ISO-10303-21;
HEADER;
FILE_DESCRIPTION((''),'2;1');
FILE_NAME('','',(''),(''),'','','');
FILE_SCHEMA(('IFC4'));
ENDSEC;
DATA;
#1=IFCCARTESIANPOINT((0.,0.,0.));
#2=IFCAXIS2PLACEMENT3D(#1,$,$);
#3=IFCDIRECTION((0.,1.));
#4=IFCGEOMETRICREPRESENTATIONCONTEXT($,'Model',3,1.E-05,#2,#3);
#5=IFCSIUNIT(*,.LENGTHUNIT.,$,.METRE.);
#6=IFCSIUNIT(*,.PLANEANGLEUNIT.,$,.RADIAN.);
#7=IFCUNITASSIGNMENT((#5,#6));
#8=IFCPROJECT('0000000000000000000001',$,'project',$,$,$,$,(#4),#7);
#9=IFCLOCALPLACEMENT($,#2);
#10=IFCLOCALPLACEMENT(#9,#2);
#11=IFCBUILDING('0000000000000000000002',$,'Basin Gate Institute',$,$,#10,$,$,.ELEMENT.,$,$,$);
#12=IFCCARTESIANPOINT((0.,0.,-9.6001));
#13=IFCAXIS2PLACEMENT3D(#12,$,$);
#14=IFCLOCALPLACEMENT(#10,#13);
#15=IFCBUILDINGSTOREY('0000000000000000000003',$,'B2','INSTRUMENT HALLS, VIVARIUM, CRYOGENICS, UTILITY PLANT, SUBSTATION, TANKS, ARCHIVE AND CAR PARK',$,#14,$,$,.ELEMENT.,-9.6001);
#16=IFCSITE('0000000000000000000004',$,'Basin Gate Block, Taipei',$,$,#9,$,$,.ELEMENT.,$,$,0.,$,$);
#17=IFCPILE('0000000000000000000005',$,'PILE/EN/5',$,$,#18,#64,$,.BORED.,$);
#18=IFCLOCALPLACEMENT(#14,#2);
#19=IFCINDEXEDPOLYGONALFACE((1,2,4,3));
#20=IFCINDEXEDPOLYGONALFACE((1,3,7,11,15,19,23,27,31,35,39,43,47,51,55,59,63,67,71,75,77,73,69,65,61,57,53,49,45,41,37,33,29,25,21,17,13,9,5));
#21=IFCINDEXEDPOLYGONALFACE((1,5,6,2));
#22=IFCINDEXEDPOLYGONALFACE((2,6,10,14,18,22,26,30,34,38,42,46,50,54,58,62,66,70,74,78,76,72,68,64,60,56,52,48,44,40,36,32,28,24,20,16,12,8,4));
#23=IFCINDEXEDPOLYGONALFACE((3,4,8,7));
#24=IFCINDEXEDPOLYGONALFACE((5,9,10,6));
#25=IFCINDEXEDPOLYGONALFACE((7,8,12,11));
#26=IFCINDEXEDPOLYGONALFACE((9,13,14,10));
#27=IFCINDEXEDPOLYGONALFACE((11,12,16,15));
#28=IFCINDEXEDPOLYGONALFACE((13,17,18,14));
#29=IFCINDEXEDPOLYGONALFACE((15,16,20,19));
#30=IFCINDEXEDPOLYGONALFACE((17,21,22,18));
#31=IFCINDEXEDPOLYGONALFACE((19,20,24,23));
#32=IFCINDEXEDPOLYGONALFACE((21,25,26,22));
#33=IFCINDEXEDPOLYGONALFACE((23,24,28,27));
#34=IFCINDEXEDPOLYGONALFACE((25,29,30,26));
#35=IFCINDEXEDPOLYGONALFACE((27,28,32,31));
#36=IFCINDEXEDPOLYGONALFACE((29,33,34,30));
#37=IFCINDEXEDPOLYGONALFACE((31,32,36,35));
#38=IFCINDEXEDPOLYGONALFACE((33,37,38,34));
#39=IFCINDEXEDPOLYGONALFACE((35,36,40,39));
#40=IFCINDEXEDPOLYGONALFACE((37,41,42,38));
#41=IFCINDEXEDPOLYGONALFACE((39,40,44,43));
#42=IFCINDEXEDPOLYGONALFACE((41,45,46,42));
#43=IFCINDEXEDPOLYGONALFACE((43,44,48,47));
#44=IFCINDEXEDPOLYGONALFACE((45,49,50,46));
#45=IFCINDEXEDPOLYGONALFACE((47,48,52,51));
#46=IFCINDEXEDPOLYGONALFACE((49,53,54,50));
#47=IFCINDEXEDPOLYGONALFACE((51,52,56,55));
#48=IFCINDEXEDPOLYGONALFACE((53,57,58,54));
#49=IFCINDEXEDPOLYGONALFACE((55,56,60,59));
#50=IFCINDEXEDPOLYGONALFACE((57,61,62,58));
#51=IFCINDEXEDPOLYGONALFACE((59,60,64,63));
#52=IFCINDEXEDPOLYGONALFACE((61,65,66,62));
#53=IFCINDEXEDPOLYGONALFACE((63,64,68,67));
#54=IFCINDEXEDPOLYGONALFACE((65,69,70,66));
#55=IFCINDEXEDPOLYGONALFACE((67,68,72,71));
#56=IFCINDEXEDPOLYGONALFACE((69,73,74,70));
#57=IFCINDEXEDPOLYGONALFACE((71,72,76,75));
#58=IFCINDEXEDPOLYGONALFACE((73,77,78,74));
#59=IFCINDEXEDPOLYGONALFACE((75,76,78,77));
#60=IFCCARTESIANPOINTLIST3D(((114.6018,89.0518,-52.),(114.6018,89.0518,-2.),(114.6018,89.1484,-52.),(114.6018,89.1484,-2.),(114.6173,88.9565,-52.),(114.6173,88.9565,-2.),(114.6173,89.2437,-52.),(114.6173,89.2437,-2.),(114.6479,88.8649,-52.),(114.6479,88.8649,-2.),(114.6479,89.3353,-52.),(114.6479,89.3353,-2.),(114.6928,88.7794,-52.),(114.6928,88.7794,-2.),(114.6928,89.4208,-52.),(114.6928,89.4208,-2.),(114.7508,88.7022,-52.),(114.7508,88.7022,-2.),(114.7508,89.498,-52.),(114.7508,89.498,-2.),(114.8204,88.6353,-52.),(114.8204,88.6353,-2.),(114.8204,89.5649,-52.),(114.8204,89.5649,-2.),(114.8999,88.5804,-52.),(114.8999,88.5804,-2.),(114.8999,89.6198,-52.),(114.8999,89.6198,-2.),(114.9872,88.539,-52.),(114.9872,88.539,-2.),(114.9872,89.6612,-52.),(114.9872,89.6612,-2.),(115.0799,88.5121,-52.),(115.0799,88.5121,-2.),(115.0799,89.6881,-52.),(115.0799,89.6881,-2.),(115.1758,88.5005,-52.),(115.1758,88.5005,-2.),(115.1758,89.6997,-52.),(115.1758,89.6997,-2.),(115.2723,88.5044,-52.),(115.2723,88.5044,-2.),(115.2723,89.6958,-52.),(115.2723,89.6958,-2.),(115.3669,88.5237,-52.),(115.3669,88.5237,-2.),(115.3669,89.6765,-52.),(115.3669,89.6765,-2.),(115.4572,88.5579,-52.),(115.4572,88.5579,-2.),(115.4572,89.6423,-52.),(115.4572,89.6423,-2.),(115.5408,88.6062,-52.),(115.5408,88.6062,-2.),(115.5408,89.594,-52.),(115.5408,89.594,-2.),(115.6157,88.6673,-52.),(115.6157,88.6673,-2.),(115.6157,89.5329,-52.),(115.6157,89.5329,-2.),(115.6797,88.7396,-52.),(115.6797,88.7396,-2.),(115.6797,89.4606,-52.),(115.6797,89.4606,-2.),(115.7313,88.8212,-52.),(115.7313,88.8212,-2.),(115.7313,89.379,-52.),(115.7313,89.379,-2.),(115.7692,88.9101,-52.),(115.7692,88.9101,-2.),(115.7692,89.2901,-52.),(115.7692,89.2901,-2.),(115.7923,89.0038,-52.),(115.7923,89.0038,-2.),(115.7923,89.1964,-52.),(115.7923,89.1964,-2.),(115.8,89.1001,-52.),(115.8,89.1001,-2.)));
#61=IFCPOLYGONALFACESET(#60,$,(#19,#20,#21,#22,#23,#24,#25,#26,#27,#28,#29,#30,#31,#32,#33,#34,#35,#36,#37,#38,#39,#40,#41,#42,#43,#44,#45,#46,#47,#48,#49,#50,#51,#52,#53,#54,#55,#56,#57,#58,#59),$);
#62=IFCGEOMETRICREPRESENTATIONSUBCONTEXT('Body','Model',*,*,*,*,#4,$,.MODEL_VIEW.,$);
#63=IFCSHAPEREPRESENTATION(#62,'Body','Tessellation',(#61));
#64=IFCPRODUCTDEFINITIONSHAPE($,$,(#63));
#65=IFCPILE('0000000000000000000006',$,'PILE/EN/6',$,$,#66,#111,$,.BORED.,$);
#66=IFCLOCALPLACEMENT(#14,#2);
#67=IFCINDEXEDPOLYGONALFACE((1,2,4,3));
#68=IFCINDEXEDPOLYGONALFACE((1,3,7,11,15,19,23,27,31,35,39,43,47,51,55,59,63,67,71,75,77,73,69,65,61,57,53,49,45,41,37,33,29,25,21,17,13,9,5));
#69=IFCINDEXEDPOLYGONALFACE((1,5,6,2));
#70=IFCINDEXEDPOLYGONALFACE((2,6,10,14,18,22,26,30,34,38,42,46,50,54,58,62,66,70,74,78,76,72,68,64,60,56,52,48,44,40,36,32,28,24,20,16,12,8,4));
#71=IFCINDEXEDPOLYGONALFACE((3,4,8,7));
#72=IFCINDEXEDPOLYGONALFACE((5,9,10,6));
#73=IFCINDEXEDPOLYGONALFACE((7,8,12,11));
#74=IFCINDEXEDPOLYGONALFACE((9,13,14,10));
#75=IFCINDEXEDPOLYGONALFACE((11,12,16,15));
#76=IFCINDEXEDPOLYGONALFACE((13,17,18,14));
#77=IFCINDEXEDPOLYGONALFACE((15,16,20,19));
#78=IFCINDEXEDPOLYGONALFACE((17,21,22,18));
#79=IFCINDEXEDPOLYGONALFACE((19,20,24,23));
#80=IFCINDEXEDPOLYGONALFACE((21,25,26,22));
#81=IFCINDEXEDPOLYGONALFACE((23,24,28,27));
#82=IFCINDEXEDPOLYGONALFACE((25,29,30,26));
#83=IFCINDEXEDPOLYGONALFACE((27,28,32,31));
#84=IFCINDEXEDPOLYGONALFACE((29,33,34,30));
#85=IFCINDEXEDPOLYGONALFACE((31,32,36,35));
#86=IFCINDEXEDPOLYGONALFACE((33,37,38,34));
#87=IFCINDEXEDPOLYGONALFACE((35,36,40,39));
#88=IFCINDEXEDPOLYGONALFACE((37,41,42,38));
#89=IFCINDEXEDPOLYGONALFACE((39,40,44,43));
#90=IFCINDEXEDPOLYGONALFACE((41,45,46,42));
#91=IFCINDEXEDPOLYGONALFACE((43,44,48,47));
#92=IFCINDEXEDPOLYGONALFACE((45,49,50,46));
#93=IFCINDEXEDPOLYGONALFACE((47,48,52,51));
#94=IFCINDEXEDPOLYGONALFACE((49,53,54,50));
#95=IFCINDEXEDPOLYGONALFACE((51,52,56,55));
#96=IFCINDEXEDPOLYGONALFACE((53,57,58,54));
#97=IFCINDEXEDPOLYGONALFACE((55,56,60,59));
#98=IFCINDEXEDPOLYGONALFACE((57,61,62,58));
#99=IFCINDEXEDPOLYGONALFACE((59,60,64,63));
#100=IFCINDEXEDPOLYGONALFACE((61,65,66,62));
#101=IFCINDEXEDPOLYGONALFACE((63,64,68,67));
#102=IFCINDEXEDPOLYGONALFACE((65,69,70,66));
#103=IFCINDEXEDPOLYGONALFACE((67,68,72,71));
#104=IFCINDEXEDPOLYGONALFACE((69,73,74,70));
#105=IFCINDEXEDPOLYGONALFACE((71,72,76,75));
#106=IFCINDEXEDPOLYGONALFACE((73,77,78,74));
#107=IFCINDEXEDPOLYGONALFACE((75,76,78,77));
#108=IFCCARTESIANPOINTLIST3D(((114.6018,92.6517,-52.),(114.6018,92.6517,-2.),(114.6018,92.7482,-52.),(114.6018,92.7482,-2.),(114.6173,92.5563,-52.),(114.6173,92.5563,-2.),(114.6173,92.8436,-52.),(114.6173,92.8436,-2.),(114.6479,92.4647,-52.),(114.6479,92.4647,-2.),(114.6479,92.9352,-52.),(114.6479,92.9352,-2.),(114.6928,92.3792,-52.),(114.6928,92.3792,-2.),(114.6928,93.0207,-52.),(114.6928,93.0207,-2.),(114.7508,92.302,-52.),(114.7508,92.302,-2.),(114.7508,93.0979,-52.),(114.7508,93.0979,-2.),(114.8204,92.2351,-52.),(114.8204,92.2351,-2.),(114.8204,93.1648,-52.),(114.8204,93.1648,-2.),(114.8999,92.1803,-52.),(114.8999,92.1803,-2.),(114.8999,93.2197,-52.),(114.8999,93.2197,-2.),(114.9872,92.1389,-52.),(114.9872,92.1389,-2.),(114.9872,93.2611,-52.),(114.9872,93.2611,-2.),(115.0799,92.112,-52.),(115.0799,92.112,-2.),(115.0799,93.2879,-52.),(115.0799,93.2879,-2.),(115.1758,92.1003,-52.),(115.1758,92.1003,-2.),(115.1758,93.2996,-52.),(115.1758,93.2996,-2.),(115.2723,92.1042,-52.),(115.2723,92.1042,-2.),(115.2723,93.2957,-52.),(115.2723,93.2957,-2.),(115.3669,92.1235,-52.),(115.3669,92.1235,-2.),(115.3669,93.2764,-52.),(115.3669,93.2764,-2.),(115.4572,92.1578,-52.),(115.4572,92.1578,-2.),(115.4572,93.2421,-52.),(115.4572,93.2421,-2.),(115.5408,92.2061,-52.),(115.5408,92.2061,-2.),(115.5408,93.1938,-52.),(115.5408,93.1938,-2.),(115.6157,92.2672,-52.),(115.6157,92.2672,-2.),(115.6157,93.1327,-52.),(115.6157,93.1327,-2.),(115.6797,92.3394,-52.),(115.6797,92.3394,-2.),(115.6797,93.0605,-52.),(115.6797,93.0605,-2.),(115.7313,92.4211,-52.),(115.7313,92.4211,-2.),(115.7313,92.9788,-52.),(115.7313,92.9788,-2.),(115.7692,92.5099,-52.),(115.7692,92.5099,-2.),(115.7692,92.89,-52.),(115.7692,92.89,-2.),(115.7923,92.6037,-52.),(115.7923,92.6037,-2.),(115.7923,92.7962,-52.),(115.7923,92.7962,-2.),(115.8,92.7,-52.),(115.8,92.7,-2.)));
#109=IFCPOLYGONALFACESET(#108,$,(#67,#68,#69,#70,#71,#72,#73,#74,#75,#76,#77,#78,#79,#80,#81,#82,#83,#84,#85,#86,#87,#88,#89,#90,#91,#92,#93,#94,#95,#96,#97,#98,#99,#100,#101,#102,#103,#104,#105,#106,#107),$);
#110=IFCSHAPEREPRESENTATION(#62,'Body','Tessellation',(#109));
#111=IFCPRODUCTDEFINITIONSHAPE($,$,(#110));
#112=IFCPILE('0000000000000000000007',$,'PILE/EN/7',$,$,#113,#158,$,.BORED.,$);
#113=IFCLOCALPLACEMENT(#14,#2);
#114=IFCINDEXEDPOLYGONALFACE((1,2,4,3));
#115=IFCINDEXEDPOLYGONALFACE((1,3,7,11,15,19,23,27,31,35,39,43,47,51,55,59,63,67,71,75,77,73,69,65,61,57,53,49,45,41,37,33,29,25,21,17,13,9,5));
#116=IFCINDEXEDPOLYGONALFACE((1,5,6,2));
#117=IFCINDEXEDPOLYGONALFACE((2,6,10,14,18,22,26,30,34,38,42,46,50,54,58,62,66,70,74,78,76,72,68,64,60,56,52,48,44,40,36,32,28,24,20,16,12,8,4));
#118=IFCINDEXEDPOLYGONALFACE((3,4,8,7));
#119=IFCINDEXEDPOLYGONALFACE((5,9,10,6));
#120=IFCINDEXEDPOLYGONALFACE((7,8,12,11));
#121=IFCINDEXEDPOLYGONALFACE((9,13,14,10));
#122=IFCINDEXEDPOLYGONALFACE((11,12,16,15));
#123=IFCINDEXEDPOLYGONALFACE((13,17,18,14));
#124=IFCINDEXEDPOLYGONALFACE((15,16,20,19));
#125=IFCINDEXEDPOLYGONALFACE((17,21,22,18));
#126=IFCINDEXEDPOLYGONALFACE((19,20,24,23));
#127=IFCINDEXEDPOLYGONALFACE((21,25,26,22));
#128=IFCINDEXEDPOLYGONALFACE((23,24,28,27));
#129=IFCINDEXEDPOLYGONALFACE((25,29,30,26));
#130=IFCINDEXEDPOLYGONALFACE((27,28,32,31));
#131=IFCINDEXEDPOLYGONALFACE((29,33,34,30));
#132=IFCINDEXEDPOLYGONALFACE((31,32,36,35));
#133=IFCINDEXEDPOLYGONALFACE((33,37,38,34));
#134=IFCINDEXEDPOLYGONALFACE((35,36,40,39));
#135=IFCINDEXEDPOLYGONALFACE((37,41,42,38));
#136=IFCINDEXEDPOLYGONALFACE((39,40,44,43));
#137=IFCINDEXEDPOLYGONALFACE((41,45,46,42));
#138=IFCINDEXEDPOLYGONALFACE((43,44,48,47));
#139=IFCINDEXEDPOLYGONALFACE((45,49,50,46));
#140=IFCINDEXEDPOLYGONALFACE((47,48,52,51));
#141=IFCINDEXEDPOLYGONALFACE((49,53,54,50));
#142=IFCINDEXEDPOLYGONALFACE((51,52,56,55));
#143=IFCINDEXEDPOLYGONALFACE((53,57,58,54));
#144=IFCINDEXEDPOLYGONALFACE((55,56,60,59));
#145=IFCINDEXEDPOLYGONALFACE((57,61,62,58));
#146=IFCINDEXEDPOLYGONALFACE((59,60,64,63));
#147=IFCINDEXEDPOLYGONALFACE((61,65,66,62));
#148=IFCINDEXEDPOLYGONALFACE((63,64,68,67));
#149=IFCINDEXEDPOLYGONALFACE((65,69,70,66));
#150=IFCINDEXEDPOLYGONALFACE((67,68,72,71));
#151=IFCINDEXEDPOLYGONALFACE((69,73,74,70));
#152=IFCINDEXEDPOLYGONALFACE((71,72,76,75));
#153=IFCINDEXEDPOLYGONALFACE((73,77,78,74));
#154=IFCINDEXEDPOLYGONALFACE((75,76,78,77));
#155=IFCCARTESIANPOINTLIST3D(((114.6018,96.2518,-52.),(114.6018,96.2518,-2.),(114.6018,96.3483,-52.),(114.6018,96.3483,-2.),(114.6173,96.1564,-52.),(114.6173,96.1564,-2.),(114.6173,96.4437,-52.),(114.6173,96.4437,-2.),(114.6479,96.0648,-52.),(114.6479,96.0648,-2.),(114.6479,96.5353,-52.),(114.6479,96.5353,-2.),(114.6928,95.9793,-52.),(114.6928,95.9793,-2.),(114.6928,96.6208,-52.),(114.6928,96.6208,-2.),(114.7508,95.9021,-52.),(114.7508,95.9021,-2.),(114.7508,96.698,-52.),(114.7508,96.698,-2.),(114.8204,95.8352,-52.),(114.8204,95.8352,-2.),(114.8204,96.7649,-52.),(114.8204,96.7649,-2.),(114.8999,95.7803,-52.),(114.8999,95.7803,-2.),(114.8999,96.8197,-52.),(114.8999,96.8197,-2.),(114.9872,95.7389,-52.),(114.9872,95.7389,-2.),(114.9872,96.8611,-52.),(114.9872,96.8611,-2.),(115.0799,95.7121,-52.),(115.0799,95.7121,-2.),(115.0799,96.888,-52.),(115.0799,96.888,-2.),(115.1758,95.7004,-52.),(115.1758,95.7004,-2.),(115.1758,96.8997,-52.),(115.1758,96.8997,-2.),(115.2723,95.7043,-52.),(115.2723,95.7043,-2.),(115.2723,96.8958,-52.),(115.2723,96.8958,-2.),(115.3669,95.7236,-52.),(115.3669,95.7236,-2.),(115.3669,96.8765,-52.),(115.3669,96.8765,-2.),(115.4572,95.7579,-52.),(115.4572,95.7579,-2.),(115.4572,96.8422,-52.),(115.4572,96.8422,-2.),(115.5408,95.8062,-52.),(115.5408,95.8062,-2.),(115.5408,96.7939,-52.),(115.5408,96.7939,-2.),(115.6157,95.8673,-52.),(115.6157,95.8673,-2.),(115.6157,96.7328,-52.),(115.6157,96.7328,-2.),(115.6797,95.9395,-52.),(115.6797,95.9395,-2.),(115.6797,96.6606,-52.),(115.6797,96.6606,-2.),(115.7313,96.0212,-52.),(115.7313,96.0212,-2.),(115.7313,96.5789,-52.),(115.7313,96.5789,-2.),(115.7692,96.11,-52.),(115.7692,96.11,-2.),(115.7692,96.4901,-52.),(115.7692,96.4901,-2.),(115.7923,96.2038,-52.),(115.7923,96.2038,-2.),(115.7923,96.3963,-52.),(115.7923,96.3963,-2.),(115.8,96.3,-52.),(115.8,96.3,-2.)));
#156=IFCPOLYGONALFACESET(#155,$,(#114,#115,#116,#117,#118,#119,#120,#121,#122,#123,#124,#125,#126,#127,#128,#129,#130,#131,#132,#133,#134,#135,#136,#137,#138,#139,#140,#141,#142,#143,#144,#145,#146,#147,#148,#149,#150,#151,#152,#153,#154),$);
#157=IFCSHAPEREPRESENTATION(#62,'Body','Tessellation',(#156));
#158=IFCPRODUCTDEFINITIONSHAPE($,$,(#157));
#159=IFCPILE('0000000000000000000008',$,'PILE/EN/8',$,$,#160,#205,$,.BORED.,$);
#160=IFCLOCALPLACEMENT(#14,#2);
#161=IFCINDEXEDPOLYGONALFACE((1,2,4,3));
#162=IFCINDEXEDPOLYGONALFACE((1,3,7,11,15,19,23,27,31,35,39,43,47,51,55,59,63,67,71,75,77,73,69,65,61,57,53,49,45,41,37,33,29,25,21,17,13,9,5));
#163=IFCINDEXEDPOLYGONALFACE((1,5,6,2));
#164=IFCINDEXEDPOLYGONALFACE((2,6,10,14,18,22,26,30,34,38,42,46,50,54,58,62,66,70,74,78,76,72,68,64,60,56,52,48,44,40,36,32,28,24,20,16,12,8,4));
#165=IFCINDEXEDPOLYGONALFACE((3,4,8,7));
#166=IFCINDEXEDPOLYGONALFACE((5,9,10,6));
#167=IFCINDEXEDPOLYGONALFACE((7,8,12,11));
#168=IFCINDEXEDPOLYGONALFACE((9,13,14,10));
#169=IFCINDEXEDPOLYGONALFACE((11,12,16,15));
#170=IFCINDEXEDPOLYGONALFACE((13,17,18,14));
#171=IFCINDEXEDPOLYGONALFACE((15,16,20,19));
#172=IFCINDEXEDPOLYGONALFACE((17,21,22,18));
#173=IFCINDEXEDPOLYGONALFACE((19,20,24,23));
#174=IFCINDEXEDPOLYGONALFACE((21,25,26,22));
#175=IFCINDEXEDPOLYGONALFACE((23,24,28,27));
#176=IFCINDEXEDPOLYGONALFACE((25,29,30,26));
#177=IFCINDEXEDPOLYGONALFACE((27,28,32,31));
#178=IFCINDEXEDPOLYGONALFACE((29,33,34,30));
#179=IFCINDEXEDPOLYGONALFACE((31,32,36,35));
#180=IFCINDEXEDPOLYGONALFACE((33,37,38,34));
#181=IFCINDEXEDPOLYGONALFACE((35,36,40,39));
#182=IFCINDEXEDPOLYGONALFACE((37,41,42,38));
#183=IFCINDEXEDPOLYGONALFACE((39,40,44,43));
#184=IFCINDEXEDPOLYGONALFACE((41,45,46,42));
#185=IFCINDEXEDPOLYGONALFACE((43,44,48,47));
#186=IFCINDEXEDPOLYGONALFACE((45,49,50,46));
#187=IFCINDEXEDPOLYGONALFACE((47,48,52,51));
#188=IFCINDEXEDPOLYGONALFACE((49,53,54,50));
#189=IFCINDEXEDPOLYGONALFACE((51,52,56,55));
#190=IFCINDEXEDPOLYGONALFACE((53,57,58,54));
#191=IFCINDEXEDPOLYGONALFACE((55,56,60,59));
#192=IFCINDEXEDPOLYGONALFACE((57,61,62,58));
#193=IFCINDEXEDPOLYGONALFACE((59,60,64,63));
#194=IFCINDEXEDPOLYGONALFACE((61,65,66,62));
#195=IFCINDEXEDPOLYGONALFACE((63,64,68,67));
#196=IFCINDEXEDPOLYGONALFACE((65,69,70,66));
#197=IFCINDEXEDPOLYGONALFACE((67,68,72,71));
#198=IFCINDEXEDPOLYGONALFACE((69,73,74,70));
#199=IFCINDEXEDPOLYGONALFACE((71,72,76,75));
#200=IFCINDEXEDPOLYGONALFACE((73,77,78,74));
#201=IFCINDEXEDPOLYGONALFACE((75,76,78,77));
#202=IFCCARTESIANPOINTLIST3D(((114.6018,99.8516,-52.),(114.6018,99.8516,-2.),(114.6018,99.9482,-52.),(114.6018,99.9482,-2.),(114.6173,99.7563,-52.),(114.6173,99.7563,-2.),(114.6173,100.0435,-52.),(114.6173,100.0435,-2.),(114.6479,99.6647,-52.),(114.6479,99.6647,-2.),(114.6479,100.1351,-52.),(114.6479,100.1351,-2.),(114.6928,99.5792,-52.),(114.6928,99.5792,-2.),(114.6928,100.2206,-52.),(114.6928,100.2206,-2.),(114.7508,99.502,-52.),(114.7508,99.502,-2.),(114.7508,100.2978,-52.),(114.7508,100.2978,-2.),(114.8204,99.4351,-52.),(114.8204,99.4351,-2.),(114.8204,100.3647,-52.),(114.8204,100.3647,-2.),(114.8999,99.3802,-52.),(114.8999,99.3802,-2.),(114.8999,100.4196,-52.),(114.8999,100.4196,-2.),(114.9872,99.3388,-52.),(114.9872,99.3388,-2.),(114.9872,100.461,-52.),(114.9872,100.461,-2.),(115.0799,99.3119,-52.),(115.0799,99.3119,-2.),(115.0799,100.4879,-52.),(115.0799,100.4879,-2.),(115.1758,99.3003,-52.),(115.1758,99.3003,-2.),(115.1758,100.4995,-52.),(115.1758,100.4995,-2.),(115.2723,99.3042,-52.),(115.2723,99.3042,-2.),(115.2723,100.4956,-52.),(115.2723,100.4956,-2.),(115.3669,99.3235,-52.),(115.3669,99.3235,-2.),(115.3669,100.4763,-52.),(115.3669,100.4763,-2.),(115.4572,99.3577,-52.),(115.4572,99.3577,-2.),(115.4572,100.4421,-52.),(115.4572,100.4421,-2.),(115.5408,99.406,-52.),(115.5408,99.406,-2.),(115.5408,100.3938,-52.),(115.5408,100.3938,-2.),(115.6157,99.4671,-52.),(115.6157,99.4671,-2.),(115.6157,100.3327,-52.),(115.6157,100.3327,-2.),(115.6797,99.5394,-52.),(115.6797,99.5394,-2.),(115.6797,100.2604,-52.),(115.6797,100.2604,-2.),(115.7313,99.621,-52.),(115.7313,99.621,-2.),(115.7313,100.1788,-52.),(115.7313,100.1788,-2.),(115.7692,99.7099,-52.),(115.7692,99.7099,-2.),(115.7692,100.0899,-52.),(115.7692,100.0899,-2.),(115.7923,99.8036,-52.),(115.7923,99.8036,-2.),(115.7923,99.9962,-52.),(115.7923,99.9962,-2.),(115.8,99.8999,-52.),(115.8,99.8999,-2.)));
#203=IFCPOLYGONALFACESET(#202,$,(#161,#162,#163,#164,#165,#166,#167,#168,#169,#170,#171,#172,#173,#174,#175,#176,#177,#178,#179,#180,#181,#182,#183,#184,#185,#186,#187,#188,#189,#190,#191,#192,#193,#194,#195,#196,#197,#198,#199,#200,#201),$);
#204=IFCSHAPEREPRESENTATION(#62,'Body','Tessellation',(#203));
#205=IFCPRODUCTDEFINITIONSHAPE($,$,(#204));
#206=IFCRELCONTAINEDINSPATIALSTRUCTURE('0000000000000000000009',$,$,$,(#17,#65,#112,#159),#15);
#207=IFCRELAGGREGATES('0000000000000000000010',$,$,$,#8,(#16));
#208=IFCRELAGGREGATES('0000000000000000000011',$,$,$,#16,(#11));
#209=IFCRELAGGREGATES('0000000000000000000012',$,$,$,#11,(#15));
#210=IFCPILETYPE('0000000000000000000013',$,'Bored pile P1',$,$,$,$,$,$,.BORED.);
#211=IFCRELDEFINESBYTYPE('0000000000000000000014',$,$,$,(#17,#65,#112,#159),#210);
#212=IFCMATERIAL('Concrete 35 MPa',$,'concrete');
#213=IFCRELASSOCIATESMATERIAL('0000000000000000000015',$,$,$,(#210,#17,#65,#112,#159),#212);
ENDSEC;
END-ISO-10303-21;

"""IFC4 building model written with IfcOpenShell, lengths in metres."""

from ifc_helpers import new_model, si_unit, direction, frame, origin, origin_2d, place, context, subcontext, project, spatial, circle, extrude, material, material_profile, profile_set, type_object, element, save


model = new_model("IFC4")

# Units and contexts
model_context = context("Model", 3, precision=1e-05, world=origin(), true_north=direction((0.0, 1.0)))
body_context = subcontext(model_context, "Body", "Model", "MODEL_VIEW")
ifc_project = project(units=[si_unit("LENGTHUNIT", "METRE"), si_unit("PLANEANGLEUNIT", "RADIAN")], contexts=[model_context])

# Site, building, storey
site_placement = place(None, origin())
site = spatial("IfcSite", under=ifc_project, at=site_placement, Name="Basin Gate Block, Taipei", CompositionType="ELEMENT", RefElevation=0.0)
building_placement = place(site_placement, origin())
building = spatial("IfcBuilding", under=site, at=building_placement, Name="Basin Gate Institute", CompositionType="ELEMENT")
storey_placement = place(building_placement, frame((0.0, 0.0, -9.6001)))
storey = spatial("IfcBuildingStorey", under=building, at=storey_placement, Name="B2", Description="INSTRUMENT HALLS, VIVARIUM, CRYOGENICS, UTILITY PLANT, SUBSTATION, TANKS, ARCHIVE AND CAR PARK", CompositionType="ELEMENT", Elevation=-9.6001)

# Piles
ifc_material_1 = material(Name="Concrete 35 MPa", Category="concrete")
ifc_material_profile_1 = material_profile(ifc_material_1, circle(Radius=0.6001, at=origin_2d()), Name="Bored pile P1 1200 dia")
ifc_profile_set_1 = profile_set([ifc_material_profile_1], Name="Concrete 35 MPa")
pile_type = type_object("IfcPileType", Name="Bored pile P1", PredefinedType="BORED", material=ifc_profile_set_1)
for number, where, z_axis, x_axis, name in (
    (1, (115.2, 89.1001, -2.0), (0.0, 0.0, -1.0), (1.0, 0.0, 0.0), "PILE/EN/5"),
    (2, (115.2, 92.7, -2.0), (0.0, 0.0, -1.0), (1.0, 0.0, 0.0), "PILE/EN/6"),
    (3, (115.2, 96.3, -2.0), (0.0, 0.0, -1.0), (1.0, 0.0, 0.0), "PILE/EN/7"),
    (4, (115.2, 99.8999, -2.0), (0.0, 0.0, -1.0), (1.0, 0.0, 0.0), "PILE/EN/8"),
):
    element("IfcPile", number, at=place(storey_placement, frame(where, z_axis=z_axis, x_axis=x_axis)), inside=storey, type_object=pile_type, material=ifc_profile_set_1, Name=name, PredefinedType="BORED", context=body_context, shape_type="SweptSolid", body=[
        extrude(circle(Radius=0.6001, at=origin_2d()), origin(), (0.0, 0.0, 1.0), 50.0),
    ])

save(model, "model.ifc")
